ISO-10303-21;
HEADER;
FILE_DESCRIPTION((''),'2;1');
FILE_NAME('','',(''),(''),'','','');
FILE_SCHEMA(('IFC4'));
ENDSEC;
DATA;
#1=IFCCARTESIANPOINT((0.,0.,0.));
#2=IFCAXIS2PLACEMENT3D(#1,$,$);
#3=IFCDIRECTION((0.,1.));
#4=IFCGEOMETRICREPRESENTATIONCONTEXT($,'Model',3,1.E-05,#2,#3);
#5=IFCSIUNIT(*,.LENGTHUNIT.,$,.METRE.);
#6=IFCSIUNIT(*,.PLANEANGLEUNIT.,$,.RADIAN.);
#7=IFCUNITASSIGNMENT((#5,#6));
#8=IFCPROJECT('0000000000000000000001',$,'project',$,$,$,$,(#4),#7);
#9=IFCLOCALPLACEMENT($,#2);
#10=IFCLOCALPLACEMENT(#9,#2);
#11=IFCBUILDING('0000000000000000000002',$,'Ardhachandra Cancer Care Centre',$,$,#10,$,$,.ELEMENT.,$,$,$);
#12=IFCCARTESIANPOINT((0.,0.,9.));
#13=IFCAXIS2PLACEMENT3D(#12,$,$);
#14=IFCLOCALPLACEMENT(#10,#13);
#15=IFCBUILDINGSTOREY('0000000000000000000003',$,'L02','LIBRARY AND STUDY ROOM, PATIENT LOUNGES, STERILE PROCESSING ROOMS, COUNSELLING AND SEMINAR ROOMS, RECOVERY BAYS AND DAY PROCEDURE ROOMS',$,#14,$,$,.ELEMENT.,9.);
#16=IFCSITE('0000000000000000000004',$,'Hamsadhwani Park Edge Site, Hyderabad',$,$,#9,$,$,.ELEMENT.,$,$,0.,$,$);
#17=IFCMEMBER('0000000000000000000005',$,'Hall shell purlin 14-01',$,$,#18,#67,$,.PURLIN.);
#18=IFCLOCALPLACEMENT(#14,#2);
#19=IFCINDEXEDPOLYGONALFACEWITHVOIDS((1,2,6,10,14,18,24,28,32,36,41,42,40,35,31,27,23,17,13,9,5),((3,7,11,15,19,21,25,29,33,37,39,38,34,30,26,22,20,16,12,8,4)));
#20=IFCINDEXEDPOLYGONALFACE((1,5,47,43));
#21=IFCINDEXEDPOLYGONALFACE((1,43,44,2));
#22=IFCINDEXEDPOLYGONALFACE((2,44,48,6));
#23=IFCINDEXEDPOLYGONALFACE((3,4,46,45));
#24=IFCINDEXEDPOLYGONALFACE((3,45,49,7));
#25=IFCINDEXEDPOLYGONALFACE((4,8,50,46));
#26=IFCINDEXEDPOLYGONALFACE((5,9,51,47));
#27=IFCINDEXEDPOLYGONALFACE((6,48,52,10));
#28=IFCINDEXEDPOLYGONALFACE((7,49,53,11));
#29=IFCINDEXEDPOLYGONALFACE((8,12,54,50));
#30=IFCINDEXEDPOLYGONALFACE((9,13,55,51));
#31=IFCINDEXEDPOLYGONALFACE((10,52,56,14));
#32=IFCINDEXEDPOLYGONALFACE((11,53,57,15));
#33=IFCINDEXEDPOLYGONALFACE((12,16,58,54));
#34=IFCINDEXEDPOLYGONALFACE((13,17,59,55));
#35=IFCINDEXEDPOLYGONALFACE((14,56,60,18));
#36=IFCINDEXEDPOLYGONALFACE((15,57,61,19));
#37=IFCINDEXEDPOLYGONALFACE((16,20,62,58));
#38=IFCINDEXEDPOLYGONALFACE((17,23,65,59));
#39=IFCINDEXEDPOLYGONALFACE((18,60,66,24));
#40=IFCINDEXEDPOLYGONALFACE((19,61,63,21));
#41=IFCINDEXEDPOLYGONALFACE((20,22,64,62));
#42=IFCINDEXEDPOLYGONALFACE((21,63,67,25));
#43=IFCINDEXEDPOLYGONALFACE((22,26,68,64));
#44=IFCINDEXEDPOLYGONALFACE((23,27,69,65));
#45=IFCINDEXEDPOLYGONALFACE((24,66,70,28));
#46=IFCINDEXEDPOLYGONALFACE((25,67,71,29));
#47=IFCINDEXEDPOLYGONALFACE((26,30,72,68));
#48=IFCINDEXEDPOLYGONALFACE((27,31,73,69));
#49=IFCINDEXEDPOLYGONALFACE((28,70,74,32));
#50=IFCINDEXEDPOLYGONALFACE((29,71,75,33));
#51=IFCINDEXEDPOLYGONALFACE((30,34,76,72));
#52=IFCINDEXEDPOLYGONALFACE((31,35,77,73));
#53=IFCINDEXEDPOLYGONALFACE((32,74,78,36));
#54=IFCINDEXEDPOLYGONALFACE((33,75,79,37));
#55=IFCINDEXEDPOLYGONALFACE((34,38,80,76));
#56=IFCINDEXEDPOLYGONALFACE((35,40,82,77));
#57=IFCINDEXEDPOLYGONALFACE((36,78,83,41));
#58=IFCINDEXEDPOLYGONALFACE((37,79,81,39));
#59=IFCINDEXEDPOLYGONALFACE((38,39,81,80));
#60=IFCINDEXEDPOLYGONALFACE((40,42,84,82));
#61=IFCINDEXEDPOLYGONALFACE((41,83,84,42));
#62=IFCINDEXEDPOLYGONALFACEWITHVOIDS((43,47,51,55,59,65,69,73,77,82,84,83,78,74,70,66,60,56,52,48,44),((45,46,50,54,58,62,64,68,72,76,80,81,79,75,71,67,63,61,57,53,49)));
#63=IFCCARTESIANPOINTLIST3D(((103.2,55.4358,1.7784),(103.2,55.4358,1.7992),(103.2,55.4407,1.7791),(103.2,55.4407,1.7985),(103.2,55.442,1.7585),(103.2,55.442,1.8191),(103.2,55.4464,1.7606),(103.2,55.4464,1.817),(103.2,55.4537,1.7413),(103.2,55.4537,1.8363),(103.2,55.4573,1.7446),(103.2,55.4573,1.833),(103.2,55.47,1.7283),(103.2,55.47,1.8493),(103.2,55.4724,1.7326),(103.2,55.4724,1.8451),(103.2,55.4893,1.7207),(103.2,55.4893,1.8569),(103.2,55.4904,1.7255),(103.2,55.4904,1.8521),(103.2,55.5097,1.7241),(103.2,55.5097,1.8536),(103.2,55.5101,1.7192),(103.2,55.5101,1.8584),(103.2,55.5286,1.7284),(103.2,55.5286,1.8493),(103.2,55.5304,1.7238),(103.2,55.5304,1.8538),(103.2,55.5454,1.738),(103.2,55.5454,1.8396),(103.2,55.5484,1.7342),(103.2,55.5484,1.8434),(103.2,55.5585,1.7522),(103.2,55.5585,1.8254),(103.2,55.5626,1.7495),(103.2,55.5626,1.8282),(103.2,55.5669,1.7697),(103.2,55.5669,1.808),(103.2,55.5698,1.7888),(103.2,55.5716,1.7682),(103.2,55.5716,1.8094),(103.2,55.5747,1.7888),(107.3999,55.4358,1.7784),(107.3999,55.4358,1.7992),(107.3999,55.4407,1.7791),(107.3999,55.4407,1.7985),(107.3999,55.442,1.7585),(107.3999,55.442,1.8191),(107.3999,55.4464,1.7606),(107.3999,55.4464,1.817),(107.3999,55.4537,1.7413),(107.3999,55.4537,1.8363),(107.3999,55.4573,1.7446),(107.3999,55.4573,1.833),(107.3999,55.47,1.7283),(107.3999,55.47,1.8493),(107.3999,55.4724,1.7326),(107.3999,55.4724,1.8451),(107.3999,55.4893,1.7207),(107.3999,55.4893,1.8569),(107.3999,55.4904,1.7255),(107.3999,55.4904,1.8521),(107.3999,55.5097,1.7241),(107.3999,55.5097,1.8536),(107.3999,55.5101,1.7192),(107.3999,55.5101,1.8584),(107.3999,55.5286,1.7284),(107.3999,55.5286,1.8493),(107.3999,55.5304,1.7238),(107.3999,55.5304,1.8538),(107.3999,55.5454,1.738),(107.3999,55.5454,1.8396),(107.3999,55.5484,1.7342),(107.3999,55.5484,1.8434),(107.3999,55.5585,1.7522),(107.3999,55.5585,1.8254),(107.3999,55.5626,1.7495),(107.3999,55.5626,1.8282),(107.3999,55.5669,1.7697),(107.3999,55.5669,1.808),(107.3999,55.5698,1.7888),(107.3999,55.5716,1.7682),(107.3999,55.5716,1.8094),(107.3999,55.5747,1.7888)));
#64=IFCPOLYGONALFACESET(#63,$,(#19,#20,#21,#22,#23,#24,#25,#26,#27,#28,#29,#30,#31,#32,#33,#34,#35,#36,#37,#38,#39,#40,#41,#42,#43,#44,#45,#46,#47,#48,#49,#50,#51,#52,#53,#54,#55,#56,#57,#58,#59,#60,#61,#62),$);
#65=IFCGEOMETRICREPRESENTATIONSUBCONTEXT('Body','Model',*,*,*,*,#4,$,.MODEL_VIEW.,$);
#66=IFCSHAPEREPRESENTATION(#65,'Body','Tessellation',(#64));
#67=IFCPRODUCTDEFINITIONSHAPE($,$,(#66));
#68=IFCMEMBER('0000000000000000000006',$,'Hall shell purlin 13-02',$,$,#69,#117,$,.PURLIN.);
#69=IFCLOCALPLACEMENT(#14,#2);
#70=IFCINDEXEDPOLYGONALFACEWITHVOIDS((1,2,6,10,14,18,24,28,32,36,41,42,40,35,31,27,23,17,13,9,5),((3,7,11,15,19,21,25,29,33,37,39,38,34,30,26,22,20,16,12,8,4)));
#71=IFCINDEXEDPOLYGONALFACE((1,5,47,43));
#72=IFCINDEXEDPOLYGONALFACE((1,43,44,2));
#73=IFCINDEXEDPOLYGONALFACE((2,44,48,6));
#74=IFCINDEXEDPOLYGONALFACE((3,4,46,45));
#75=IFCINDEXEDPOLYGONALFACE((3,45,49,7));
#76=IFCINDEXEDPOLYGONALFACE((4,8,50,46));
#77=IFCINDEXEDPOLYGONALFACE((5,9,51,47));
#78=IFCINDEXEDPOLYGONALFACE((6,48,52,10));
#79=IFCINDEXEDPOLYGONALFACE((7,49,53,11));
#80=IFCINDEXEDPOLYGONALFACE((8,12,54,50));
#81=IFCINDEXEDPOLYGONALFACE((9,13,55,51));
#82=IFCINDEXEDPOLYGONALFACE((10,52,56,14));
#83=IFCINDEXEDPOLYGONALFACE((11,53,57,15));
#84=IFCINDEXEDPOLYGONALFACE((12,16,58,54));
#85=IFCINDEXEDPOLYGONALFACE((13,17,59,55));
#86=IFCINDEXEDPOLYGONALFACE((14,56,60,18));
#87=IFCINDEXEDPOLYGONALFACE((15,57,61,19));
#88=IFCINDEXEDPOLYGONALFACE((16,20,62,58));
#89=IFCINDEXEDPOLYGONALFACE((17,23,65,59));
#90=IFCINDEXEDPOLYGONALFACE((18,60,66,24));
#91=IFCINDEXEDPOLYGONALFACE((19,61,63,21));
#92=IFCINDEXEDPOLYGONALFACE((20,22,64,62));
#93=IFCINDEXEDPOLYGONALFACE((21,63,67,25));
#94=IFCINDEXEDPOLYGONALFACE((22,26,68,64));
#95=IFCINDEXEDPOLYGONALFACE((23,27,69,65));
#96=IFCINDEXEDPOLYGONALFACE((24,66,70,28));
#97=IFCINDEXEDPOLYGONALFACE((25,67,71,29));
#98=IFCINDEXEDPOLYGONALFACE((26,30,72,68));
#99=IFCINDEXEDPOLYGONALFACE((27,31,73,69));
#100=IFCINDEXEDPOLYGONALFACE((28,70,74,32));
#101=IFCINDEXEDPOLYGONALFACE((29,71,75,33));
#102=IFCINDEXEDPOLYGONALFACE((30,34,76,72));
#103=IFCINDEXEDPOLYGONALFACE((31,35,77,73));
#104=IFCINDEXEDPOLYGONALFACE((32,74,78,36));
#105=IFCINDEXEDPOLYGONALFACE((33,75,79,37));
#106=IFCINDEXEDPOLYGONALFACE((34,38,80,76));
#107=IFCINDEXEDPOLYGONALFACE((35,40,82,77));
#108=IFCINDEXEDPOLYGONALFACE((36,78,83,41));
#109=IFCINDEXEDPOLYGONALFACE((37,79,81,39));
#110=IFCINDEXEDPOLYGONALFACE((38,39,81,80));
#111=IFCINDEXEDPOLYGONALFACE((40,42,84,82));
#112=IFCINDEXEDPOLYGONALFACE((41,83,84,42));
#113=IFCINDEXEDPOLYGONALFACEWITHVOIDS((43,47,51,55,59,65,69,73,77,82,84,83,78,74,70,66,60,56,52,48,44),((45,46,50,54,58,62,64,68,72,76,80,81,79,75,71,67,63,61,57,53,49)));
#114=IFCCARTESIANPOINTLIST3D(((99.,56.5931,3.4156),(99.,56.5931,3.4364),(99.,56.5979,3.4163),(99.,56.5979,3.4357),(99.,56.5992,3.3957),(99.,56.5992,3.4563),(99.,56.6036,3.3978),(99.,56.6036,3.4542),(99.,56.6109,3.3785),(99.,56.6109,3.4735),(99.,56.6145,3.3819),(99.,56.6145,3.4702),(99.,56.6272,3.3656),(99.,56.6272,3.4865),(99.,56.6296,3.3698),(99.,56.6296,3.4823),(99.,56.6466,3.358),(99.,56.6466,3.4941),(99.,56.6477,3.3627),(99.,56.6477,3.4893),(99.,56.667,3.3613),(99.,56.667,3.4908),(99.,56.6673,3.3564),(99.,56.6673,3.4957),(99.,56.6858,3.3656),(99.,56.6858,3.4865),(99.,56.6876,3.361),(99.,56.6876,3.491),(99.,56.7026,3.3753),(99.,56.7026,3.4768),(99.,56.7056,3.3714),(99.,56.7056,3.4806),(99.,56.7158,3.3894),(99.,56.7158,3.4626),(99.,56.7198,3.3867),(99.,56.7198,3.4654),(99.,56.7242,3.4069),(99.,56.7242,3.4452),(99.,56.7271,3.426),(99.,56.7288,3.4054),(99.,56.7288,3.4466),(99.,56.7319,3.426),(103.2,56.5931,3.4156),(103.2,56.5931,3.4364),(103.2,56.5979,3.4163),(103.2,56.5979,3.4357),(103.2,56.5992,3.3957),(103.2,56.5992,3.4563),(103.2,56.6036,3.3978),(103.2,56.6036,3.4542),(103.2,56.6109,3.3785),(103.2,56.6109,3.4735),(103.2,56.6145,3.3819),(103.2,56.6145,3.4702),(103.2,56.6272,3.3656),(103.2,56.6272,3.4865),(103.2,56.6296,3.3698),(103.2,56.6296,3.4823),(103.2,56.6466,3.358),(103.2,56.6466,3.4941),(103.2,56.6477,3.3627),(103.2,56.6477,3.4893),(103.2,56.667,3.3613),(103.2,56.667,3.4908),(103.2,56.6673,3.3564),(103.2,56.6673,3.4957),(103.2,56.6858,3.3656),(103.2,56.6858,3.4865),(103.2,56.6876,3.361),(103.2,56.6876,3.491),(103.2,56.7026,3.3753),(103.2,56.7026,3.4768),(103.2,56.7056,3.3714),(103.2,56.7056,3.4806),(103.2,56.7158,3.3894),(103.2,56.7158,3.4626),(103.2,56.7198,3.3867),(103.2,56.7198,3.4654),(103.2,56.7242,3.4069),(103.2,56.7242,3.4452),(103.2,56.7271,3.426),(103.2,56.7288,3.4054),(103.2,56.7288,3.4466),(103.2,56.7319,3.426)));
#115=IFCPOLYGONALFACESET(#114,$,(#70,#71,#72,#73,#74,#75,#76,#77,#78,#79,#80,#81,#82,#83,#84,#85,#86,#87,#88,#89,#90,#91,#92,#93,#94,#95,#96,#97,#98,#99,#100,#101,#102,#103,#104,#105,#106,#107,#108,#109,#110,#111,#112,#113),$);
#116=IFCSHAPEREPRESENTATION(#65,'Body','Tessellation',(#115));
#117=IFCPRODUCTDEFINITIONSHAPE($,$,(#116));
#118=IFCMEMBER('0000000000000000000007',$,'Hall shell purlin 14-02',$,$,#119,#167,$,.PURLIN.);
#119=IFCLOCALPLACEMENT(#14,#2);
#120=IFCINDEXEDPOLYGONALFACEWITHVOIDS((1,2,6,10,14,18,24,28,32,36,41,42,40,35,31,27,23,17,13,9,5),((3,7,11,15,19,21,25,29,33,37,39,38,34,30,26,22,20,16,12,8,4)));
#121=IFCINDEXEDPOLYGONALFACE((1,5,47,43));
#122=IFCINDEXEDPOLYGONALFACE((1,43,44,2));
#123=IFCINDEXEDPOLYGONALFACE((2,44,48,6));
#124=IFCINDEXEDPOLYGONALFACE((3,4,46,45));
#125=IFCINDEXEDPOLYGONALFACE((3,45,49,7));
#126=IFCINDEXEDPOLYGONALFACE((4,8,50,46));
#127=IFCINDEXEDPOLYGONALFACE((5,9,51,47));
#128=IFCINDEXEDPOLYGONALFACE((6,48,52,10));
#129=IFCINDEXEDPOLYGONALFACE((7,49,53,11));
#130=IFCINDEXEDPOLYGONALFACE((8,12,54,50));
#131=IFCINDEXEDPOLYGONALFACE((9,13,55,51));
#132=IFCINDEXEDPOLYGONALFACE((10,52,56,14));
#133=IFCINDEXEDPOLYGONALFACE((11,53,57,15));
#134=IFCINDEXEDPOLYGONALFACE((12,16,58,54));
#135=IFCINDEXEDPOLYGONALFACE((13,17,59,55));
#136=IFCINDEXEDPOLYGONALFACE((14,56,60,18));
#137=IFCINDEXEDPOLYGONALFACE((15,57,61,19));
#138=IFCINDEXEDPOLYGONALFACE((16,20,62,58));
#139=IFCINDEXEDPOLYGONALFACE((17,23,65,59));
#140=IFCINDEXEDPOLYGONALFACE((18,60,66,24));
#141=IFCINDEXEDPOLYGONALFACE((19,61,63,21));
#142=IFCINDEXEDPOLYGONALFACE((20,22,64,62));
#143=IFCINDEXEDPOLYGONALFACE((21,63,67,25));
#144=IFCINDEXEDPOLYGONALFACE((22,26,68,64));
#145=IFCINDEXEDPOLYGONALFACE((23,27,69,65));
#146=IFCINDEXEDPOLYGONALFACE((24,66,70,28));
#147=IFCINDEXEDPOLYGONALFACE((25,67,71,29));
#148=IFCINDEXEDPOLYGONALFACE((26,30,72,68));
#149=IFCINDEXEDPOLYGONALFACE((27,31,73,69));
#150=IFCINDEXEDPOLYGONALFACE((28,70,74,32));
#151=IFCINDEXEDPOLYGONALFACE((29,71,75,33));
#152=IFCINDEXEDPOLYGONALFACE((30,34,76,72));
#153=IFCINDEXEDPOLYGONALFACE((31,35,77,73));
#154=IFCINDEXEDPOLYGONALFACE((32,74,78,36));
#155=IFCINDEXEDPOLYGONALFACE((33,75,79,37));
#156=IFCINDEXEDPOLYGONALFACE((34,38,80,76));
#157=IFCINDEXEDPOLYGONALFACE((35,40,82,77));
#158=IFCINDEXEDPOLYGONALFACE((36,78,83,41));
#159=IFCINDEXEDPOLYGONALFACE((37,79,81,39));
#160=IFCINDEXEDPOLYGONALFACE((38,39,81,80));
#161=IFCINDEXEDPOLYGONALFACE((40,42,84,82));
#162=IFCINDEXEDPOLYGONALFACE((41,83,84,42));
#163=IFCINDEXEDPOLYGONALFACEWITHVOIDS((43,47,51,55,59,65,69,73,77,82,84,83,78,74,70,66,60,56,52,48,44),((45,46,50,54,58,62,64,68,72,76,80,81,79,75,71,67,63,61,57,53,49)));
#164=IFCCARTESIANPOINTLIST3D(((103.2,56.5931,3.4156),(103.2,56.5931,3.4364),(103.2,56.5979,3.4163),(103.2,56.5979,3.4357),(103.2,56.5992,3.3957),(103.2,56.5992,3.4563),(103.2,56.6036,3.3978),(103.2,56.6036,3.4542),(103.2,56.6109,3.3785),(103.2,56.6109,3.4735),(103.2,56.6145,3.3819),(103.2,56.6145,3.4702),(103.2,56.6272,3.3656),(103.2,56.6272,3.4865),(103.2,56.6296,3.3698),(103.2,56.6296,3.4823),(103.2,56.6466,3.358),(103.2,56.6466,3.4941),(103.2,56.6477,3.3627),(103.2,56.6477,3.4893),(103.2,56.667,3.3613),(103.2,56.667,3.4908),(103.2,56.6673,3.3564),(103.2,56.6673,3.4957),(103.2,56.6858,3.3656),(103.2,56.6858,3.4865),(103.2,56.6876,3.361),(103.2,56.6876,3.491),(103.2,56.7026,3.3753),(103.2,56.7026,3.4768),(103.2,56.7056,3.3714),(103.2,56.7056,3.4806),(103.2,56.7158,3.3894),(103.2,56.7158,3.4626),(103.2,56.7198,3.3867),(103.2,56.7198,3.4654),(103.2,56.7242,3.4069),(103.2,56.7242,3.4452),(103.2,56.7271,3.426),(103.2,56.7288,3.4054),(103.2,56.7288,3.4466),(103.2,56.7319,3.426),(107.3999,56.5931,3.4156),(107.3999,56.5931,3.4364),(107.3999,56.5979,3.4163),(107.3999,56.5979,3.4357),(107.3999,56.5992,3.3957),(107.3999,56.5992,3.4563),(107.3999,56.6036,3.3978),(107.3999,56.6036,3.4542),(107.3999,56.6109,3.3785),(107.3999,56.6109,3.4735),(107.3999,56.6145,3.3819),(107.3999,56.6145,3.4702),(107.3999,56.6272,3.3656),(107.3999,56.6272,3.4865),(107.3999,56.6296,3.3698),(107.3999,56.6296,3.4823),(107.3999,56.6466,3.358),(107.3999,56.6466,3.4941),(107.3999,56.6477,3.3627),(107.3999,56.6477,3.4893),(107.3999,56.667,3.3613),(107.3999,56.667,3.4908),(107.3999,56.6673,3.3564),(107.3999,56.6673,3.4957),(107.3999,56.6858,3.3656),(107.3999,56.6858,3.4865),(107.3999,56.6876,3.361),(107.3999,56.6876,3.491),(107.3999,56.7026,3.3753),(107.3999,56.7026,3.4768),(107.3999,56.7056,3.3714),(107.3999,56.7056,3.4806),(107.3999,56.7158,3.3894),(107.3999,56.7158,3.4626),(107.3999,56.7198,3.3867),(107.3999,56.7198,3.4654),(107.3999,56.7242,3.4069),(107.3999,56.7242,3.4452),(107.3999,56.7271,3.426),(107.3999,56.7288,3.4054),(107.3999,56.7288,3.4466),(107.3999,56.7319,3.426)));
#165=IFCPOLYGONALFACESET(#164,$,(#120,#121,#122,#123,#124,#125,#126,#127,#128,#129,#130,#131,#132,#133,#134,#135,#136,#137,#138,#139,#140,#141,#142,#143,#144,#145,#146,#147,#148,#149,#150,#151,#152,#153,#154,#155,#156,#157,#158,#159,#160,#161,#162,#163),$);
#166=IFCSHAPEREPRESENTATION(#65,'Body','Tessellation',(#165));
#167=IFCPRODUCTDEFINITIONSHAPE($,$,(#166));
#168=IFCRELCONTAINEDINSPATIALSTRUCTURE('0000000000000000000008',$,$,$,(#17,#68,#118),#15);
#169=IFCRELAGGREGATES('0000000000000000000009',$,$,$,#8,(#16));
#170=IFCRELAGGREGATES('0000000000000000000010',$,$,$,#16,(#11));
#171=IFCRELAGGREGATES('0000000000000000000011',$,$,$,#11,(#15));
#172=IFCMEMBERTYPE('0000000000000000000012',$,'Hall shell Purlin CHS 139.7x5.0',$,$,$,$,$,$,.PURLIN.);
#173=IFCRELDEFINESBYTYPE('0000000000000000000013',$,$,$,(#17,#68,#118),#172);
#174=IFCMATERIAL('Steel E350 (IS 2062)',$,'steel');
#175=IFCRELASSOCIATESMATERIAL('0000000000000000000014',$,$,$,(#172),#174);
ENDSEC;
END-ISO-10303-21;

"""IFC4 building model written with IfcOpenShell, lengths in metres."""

from ifc_helpers import new_model, si_unit, direction, frame, origin, origin_2d, place, context, subcontext, project, spatial, hollow_circle, extrude, material, material_profile, profile_set, type_object, element, save


model = new_model("IFC4")

# Units and contexts
model_context = context("Model", 3, precision=1e-05, world=origin(), true_north=direction((0.0, 1.0)))
body_context = subcontext(model_context, "Body", "Model", "MODEL_VIEW")
ifc_project = project(units=[si_unit("LENGTHUNIT", "METRE"), si_unit("PLANEANGLEUNIT", "RADIAN")], contexts=[model_context])

# Site, building, storey
site_placement = place(None, origin())
site = spatial("IfcSite", under=ifc_project, at=site_placement, Name="Hamsadhwani Park Edge Site, Hyderabad", CompositionType="ELEMENT", RefElevation=0.0)
building_placement = place(site_placement, origin())
building = spatial("IfcBuilding", under=site, at=building_placement, Name="Ardhachandra Cancer Care Centre", CompositionType="ELEMENT")
storey_placement = place(building_placement, frame((0.0, 0.0, 9.0)))
storey = spatial("IfcBuildingStorey", under=building, at=storey_placement, Name="L02", Description="LIBRARY AND STUDY ROOM, PATIENT LOUNGES, STERILE PROCESSING ROOMS, COUNSELLING AND SEMINAR ROOMS, RECOVERY BAYS AND DAY PROCEDURE ROOMS", CompositionType="ELEMENT", Elevation=9.0)

# Members
ifc_material_1 = material(Name="Steel E350 (IS 2062)", Category="steel")
ifc_material_profile_1 = material_profile(ifc_material_1, hollow_circle(Radius=0.0698, WallThickness=0.0049, at=origin_2d()), Name="CHS 139.7x5.0")
ifc_profile_set_1 = profile_set([ifc_material_profile_1], Name="Steel E350 (IS 2062)")
member_type_1 = type_object("IfcMemberType", Name="Hall shell Purlin CHS 139.7x5.0", PredefinedType="PURLIN", material=ifc_profile_set_1)
for number, where, z_axis, x_axis, name in (
    (1, (103.2, 55.5049, 1.7888), (1.0, 0.0, 0.0), (0.0, 1.0, 0.0), "Hall shell purlin 14-01"),
    (2, (99.0, 56.6621, 3.426), (1.0, 0.0, 0.0), (0.0, 1.0, 0.0), "Hall shell purlin 13-02"),
    (3, (103.2, 56.6621, 3.426), (1.0, 0.0, 0.0), (0.0, 1.0, 0.0), "Hall shell purlin 14-02"),
):
    element("IfcMember", number, at=place(storey_placement, frame(where, z_axis=z_axis, x_axis=x_axis)), inside=storey, type_object=member_type_1, Name=name, PredefinedType="PURLIN", context=body_context, shape_type="SweptSolid", body=[
        extrude(hollow_circle(Radius=0.0698, WallThickness=0.0049, at=origin_2d()), origin(), (0.0, 0.0, 1.0), 4.2),
    ])

save(model, "model.ifc")
